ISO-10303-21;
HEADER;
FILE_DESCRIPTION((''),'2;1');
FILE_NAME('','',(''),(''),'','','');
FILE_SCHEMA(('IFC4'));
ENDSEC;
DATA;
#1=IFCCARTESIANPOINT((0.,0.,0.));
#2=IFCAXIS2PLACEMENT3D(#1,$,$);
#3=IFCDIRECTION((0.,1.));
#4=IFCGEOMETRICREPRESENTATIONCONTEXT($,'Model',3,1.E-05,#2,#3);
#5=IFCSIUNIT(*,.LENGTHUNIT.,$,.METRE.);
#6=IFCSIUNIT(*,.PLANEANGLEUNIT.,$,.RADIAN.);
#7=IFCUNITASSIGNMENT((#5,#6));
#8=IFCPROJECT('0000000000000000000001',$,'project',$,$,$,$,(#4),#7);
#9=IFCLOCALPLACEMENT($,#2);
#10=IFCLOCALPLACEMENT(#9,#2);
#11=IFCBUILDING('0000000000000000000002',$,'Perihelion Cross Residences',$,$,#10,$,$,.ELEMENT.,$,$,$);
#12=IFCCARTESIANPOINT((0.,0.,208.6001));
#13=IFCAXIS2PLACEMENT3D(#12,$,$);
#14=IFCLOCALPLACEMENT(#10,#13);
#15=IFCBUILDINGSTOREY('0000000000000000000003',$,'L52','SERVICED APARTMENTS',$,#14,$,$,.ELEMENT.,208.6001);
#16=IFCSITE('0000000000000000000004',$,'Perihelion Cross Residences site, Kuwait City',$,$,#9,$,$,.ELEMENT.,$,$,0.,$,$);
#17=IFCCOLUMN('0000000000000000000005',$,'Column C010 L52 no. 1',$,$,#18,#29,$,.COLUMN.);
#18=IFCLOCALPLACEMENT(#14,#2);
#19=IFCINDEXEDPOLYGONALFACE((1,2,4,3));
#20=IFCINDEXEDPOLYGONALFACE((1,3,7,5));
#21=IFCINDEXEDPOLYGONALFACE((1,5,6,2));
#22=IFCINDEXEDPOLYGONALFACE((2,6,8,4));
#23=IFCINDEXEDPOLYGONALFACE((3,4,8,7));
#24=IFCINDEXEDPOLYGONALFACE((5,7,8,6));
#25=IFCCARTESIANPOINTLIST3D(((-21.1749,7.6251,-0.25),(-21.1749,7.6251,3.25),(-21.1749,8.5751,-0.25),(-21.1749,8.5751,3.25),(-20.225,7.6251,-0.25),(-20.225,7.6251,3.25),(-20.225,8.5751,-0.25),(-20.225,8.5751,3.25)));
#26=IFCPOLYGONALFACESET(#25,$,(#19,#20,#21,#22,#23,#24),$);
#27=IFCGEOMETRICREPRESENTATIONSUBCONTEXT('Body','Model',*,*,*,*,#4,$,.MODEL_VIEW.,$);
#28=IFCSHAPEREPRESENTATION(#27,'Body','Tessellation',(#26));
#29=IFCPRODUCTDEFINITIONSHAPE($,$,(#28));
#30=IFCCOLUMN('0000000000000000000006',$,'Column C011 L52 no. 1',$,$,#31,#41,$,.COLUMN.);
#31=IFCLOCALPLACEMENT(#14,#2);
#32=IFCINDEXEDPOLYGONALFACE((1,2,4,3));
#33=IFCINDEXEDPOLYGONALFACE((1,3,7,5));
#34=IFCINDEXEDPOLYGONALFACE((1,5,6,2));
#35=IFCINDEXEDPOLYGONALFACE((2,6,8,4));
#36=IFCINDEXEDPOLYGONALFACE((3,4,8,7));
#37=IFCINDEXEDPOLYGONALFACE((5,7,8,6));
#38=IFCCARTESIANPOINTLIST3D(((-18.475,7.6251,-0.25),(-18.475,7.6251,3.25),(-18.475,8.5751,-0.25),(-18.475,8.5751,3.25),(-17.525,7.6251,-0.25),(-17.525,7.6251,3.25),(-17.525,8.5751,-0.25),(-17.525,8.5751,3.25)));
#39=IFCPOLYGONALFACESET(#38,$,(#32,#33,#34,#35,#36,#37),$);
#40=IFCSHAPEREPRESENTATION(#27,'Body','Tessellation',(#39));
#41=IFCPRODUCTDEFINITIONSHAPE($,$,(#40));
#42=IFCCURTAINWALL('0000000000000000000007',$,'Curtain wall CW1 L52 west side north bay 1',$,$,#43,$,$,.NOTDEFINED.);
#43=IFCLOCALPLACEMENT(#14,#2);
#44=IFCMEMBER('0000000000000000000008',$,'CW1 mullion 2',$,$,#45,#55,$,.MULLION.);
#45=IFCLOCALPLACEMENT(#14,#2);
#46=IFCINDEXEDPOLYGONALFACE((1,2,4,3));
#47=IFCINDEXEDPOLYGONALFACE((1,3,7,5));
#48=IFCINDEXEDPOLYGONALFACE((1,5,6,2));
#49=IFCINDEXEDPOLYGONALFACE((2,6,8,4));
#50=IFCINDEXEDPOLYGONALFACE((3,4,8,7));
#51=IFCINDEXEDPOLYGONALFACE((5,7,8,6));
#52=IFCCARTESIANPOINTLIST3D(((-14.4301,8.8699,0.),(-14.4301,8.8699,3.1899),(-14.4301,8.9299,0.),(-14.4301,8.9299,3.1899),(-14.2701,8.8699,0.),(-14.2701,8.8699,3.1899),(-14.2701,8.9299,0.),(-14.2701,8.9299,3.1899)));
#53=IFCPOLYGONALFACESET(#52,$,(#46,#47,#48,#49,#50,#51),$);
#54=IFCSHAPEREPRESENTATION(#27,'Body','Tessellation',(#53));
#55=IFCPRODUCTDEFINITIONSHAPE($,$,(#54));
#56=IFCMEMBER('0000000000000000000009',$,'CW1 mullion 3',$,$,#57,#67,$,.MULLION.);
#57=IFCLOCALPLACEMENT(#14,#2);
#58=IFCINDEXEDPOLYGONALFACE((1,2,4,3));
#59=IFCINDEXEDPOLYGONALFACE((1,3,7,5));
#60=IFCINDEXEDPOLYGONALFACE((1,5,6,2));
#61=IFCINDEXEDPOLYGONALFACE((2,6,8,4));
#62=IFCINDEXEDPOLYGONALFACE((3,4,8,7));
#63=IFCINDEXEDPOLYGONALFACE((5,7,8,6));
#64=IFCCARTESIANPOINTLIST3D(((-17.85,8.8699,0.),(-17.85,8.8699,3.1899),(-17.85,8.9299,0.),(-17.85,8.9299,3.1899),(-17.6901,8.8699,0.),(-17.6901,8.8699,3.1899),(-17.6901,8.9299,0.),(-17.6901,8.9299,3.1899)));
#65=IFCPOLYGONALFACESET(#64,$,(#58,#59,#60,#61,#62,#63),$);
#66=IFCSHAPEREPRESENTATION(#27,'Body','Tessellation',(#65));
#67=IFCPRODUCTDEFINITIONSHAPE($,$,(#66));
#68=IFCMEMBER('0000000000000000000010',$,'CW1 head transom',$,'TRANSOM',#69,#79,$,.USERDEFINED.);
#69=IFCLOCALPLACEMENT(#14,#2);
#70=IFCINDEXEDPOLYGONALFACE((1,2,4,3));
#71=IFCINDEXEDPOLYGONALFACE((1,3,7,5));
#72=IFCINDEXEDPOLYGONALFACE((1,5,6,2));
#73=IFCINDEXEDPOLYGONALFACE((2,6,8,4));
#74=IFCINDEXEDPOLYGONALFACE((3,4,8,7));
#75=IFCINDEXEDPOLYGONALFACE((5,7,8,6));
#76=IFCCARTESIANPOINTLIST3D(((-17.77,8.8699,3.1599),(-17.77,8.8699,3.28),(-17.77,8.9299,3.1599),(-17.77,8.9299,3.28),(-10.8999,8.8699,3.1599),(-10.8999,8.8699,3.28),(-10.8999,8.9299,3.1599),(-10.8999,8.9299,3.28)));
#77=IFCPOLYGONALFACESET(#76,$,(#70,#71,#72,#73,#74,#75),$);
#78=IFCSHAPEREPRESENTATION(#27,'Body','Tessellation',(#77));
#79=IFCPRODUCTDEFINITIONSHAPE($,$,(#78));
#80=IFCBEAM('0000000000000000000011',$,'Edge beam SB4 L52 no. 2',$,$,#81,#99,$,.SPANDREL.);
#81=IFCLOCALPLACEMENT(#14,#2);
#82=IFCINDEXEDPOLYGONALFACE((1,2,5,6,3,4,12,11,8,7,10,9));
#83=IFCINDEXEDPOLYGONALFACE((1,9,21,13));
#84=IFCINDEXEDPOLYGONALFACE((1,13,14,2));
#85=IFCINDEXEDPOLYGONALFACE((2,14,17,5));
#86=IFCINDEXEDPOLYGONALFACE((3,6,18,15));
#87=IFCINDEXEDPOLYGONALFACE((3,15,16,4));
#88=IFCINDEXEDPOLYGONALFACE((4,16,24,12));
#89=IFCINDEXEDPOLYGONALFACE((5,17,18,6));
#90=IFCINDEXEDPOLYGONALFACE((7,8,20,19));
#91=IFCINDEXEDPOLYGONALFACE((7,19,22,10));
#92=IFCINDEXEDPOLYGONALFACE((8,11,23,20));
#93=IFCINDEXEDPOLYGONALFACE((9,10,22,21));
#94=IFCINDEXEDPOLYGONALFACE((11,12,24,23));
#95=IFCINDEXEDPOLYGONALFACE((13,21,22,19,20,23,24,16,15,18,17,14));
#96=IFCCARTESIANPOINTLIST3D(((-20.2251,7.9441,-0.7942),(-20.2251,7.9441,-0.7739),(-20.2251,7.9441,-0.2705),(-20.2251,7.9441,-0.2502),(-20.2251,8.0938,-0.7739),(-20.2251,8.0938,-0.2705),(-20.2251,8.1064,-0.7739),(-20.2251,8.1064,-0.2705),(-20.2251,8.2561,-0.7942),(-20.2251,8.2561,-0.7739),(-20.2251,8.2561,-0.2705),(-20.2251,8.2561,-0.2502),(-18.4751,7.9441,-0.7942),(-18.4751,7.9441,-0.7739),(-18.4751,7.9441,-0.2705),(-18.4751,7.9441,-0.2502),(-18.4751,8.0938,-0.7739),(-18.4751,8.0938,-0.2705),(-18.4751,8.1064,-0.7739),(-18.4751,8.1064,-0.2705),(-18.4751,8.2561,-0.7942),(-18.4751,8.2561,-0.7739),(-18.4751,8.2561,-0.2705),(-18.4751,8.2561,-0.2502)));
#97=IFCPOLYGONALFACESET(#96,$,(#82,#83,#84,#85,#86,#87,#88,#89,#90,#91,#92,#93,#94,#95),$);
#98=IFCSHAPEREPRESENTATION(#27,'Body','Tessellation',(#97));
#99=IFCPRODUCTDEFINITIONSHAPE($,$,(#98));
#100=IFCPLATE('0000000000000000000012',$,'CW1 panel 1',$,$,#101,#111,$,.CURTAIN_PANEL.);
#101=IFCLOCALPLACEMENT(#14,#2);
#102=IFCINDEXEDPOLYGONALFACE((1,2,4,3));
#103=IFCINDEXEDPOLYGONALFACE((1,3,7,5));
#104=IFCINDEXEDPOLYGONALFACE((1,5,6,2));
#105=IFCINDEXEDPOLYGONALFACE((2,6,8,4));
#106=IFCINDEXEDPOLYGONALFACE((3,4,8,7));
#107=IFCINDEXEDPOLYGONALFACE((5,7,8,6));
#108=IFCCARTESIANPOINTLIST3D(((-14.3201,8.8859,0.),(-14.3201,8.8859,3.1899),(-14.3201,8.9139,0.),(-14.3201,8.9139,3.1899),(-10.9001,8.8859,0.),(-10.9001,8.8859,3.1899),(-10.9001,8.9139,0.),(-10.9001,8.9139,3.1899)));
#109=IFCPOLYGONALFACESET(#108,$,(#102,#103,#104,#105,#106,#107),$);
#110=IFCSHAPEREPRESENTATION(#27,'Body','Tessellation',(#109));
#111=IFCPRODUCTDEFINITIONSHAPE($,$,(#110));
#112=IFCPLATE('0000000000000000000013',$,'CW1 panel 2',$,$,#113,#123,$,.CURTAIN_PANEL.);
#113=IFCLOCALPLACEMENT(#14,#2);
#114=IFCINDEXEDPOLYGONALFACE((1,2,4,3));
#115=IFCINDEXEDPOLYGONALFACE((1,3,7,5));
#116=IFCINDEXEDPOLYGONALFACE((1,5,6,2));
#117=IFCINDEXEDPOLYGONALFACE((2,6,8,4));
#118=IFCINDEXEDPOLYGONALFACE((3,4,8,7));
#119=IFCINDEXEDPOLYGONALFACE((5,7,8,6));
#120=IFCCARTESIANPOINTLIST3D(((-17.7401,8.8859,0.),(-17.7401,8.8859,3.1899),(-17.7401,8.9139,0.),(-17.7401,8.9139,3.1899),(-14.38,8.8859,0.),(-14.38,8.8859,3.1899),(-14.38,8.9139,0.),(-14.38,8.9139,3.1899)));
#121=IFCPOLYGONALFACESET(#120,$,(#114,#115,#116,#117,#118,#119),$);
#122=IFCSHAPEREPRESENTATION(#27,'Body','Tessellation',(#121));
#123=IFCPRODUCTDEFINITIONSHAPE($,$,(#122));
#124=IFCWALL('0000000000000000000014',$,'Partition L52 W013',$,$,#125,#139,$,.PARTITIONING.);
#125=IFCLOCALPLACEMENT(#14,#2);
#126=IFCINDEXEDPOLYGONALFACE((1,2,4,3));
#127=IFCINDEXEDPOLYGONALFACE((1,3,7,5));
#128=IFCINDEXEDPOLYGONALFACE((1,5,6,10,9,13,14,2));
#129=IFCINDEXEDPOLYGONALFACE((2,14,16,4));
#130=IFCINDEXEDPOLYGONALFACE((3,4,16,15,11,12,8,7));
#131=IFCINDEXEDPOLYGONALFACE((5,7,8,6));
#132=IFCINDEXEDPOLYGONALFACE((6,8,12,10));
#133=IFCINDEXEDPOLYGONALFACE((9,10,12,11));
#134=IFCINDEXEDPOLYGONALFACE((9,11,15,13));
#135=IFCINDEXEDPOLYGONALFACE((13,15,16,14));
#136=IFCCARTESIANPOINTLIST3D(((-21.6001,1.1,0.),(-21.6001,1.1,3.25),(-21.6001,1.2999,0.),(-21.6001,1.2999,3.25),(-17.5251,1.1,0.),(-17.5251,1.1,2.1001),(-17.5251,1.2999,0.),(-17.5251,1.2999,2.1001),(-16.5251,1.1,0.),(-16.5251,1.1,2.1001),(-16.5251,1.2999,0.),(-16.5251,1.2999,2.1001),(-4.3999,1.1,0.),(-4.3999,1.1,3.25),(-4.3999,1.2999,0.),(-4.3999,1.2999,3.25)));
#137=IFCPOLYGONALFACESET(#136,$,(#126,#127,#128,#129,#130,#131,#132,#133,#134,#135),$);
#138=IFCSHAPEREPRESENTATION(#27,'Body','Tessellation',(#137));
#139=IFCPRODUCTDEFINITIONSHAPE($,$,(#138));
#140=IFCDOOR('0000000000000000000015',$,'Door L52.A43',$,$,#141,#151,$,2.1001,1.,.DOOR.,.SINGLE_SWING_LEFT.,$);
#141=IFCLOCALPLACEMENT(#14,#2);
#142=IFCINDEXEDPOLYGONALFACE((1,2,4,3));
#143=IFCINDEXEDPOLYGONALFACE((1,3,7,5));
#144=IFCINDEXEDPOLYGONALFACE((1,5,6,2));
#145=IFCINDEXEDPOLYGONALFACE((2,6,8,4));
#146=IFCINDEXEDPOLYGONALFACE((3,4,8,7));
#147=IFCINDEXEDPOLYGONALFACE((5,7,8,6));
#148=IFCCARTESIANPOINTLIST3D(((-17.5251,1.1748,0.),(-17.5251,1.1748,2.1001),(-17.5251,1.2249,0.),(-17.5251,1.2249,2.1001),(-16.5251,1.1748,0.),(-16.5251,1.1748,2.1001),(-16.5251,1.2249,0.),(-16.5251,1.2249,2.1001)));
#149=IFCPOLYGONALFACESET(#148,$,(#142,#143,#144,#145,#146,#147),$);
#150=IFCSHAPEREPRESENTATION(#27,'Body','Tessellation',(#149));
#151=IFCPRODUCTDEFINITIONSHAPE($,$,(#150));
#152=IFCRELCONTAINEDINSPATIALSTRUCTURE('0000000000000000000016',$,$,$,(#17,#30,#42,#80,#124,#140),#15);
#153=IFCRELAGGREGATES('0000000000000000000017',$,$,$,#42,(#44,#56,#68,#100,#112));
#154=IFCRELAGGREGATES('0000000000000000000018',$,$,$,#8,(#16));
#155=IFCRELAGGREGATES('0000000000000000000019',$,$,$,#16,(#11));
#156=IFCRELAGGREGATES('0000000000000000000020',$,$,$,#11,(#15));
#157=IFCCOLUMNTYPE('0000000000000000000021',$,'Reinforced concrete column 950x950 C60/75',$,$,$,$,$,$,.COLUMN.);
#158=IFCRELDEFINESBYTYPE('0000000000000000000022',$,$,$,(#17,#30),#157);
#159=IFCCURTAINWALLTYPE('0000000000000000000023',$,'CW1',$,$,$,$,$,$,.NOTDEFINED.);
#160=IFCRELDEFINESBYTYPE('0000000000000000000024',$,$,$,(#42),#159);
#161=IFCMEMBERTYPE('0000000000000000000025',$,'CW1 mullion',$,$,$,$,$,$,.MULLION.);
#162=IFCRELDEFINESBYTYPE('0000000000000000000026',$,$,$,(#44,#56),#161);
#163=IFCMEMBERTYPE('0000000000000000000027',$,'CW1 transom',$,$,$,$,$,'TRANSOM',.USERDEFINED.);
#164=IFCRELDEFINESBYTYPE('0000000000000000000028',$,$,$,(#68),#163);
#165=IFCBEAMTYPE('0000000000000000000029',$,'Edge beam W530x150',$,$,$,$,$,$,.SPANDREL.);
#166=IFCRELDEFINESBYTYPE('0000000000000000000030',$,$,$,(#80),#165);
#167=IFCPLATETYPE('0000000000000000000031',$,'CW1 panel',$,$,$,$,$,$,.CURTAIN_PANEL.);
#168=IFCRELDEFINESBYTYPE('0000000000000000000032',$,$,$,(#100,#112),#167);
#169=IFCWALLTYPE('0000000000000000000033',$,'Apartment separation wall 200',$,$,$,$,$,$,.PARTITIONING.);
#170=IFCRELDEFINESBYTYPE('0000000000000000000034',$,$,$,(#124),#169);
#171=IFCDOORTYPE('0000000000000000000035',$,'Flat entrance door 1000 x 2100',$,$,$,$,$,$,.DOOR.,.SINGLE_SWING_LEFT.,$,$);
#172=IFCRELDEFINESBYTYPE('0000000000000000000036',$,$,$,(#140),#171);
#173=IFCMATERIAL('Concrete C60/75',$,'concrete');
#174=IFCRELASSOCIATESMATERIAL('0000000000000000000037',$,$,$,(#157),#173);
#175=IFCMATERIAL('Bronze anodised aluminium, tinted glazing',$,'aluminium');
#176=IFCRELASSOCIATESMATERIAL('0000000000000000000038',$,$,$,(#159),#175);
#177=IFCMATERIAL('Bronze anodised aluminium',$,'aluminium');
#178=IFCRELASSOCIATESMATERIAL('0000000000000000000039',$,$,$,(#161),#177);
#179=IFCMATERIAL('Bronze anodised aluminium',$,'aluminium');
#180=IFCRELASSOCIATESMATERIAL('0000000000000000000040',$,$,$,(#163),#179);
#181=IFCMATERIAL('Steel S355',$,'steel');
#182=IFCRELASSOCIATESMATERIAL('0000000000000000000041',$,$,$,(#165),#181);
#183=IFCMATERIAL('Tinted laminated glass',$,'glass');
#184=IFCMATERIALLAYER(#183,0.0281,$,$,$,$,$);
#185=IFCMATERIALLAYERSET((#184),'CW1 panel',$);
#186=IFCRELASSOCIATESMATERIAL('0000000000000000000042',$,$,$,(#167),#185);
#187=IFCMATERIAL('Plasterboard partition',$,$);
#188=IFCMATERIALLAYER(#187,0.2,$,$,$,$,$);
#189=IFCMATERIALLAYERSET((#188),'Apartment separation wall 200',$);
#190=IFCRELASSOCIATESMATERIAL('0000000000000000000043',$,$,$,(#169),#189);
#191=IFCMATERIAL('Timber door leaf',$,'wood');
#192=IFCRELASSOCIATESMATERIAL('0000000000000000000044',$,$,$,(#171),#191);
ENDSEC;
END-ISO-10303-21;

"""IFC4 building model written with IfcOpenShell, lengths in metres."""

from ifc_helpers import new_model, si_unit, direction, frame, frame_2d, origin, origin_2d, place, context, subcontext, project, spatial, rectangle, i_section, extrude, material, layer, layer_set, material_profile, profile_set, type_object, element, fill, aggregate, save


model = new_model("IFC4")

# Units and contexts
model_context = context("Model", 3, precision=1e-05, world=origin(), true_north=direction((0.0, 1.0)))
body_context = subcontext(model_context, "Body", "Model", "MODEL_VIEW")
ifc_project = project(units=[si_unit("LENGTHUNIT", "METRE"), si_unit("PLANEANGLEUNIT", "RADIAN")], contexts=[model_context])

# Site, building, storey
site_placement = place(None, origin())
site = spatial("IfcSite", under=ifc_project, at=site_placement, Name="Perihelion Cross Residences site, Kuwait City", CompositionType="ELEMENT", RefElevation=0.0)
building_placement = place(site_placement, origin())
building = spatial("IfcBuilding", under=site, at=building_placement, Name="Perihelion Cross Residences", CompositionType="ELEMENT")
storey_placement = place(building_placement, frame((0.0, 0.0, 208.6001)))
storey = spatial("IfcBuildingStorey", under=building, at=storey_placement, Name="L52", Description="SERVICED APARTMENTS", CompositionType="ELEMENT", Elevation=208.6001)

# Columns
ifc_material_1 = material(Name="Concrete C60/75", Category="concrete")
ifc_material_profile_1 = material_profile(ifc_material_1, rectangle(XDim=0.95, YDim=0.95, at=origin_2d()), Name="RC 950x950")
ifc_profile_set_1 = profile_set([ifc_material_profile_1], Name="Concrete C60/75")
column_type = type_object("IfcColumnType", Name="Reinforced concrete column 950x950 C60/75", PredefinedType="COLUMN", material=ifc_profile_set_1)
for number, where, z_axis, x_axis, name in (
    (1, (-20.7, 8.1001, -0.25), (0.0, 0.0, 1.0), (1.0, 0.0, 0.0), "Column C010 L52 no. 1"),
    (2, (-18.0, 8.1001, -0.25), (0.0, 0.0, 1.0), (1.0, 0.0, 0.0), "Column C011 L52 no. 1"),
):
    element("IfcColumn", number, at=place(storey_placement, frame(where, z_axis=z_axis, x_axis=x_axis)), inside=storey, type_object=column_type, Name=name, PredefinedType="COLUMN", context=body_context, shape_type="SweptSolid", body=[
        extrude(rectangle(XDim=0.95, YDim=0.95, at=origin_2d()), origin(), (0.0, 0.0, 1.0), 3.5),
    ])

# Curtain wall, members
ifc_material_2 = material(Name="Bronze anodised aluminium, tinted glazing", Category="aluminium")
curtain_wall_type = type_object("IfcCurtainWallType", Name="CW1", PredefinedType="NOTDEFINED", material=ifc_material_2)
curtain_wall_placement = place(storey_placement, origin())
curtain_wall = element("IfcCurtainWall", 3, at=curtain_wall_placement, inside=storey, type_object=curtain_wall_type, Name="Curtain wall CW1 L52 west side north bay 1", PredefinedType="NOTDEFINED")
ifc_material_3 = material(Name="Bronze anodised aluminium", Category="aluminium")
ifc_material_profile_2 = material_profile(ifc_material_3, rectangle(XDim=0.0601, YDim=0.1599, at=origin_2d()), Name="CW1 mullion")
ifc_profile_set_2 = profile_set([ifc_material_profile_2], Name="Bronze anodised aluminium")
member_type_1 = type_object("IfcMemberType", Name="CW1 mullion", PredefinedType="MULLION", material=ifc_profile_set_2)
member_1_placement = place(storey_placement, frame((-14.3501, 8.8999, 0.0), z_axis=(0.0, 0.0, 1.0), x_axis=(0.0, -1.0, 0.0)))
member_1 = element("IfcMember", 4, at=member_1_placement, type_object=member_type_1, Name="CW1 mullion 2", PredefinedType="MULLION", context=body_context, shape_type="SweptSolid", body=[
    extrude(rectangle(XDim=0.0601, YDim=0.1599, at=origin_2d()), origin(), (0.0, 0.0, 1.0), 3.1899),
])
member_2_placement = place(storey_placement, frame((-17.77, 8.8999, 0.0), z_axis=(0.0, 0.0, 1.0), x_axis=(0.0, -1.0, 0.0)))
member_2 = element("IfcMember", 5, at=member_2_placement, type_object=member_type_1, Name="CW1 mullion 3", PredefinedType="MULLION", context=body_context, shape_type="SweptSolid", body=[
    extrude(rectangle(XDim=0.0601, YDim=0.1599, at=origin_2d()), origin(), (0.0, 0.0, 1.0), 3.1899),
])
ifc_material_4 = material(Name="Bronze anodised aluminium", Category="aluminium")
ifc_material_profile_3 = material_profile(ifc_material_4, rectangle(XDim=0.0601, YDim=0.1201, at=origin_2d()), Name="CW1 transom")
ifc_profile_set_3 = profile_set([ifc_material_profile_3], Name="Bronze anodised aluminium")
member_type_2 = type_object("IfcMemberType", Name="CW1 transom", ElementType="TRANSOM", PredefinedType="USERDEFINED", material=ifc_profile_set_3)
member_3_placement = place(storey_placement, frame((-10.8999, 8.8999, 3.22), z_axis=(-1.0, 0.0, 0.0), x_axis=(0.0, -1.0, 0.0)))
member_3 = element("IfcMember", 6, at=member_3_placement, type_object=member_type_2, Name="CW1 head transom", ObjectType="TRANSOM", PredefinedType="USERDEFINED", context=body_context, shape_type="SweptSolid", body=[
    extrude(rectangle(XDim=0.0601, YDim=0.1201, at=origin_2d()), origin(), (0.0, 0.0, 1.0), 6.8701),
])

# Beam
ifc_material_5 = material(Name="Steel S355", Category="steel")
ifc_material_profile_4 = material_profile(ifc_material_5, i_section(OverallWidth=0.312, OverallDepth=0.5439, WebThickness=0.0127, FlangeThickness=0.0203, at=origin_2d()), Name="W530x150")
ifc_profile_set_4 = profile_set([ifc_material_profile_4], Name="Steel S355")
beam_type = type_object("IfcBeamType", Name="Edge beam W530x150", PredefinedType="SPANDREL", material=ifc_profile_set_4)
beam_placement = place(storey_placement, frame((-18.4751, 8.1001, -0.5222), z_axis=(-1.0, 0.0, 0.0), x_axis=(0.0, -1.0, 0.0)))
element("IfcBeam", 7, at=beam_placement, inside=storey, type_object=beam_type, Name="Edge beam SB4 L52 no. 2", PredefinedType="SPANDREL", context=body_context, shape_type="SweptSolid", body=[
    extrude(i_section(OverallWidth=0.312, OverallDepth=0.5439, WebThickness=0.0127, FlangeThickness=0.0203, at=origin_2d()), origin(), (0.0, 0.0, 1.0), 1.75),
])

# Plates
ifc_material_6 = material(Name="Tinted laminated glass", Category="glass")
ifc_layer_1 = layer(ifc_material_6, 0.0281)
ifc_layer_set_1 = layer_set([ifc_layer_1], Name="CW1 panel")
plate_type = type_object("IfcPlateType", Name="CW1 panel", PredefinedType="CURTAIN_PANEL", material=ifc_layer_set_1)
plate_1_placement = place(storey_placement, frame((-12.6101, 8.8999, 0.0), z_axis=(0.0, 0.0, 1.0), x_axis=(-1.0, 0.0, 0.0)))
plate_1 = element("IfcPlate", 8, at=plate_1_placement, type_object=plate_type, Name="CW1 panel 1", PredefinedType="CURTAIN_PANEL", context=body_context, shape_type="SweptSolid", body=[
    extrude(rectangle(XDim=3.4199, YDim=0.0281, at=origin_2d()), origin(), (0.0, 0.0, 1.0), 3.1899),
])
plate_2_placement = place(storey_placement, frame((-16.0601, 8.8999, 0.0), z_axis=(0.0, 0.0, 1.0), x_axis=(-1.0, 0.0, 0.0)))
plate_2 = element("IfcPlate", 9, at=plate_2_placement, type_object=plate_type, Name="CW1 panel 2", PredefinedType="CURTAIN_PANEL", context=body_context, shape_type="SweptSolid", body=[
    extrude(rectangle(XDim=3.3601, YDim=0.0281, at=origin_2d()), origin(), (0.0, 0.0, 1.0), 3.1899),
])
aggregate(curtain_wall, [member_1, member_2, member_3, plate_1, plate_2])

# Wall, opening, door
ifc_material_7 = material(Name="Plasterboard partition")
ifc_layer_2 = layer(ifc_material_7, 0.2)
ifc_layer_set_2 = layer_set([ifc_layer_2], Name="Apartment separation wall 200")
wall_type_1 = type_object("IfcWallType", Name="Apartment separation wall 200", PredefinedType="PARTITIONING", material=ifc_layer_set_2)
wall_1_placement = place(storey_placement, frame((-21.6001, 1.2, 0.0), z_axis=(0.0, 0.0, 1.0), x_axis=(1.0, 0.0, 0.0)))
wall_1 = element("IfcWall", 10, at=wall_1_placement, inside=storey, type_object=wall_type_1, Name="Partition L52 W013", PredefinedType="PARTITIONING", context=body_context, shape_type="SweptSolid", body=[
    extrude(rectangle(XDim=17.2002, YDim=0.2, at=frame_2d((8.6001, 0.0))), origin(), (0.0, 0.0, 1.0), 3.25),
])
opening_1_placement = place(wall_1_placement, frame((4.075, 0.0, 0.0)))
opening_1 = element("IfcOpeningElement", 11, at=opening_1_placement, cuts=wall_1, PredefinedType="OPENING", context=body_context, shape_type="SweptSolid", body=[
    extrude(rectangle(XDim=1.0, YDim=2.1001, at=frame_2d((0.5, 1.05))), frame((0.0, 0.1099, 0.0), z_axis=(0.0, -1.0, 0.0), x_axis=(1.0, 0.0, 0.0)), (0.0, 0.0, 1.0), 0.22),
])
ifc_material_8 = material(Name="Timber door leaf", Category="wood")
door_type_1 = type_object("IfcDoorType", Name="Flat entrance door 1000 x 2100", OperationType="SINGLE_SWING_LEFT", PredefinedType="DOOR", material=ifc_material_8)
door_1_placement = place(opening_1_placement, origin())
door_1 = element("IfcDoor", 12, at=door_1_placement, inside=storey, type_object=door_type_1, Name="Door L52.A43", OperationType="SINGLE_SWING_LEFT", OverallHeight=2.1001, OverallWidth=1.0, PredefinedType="DOOR", context=body_context, shape_type="SweptSolid", body=[
    extrude(rectangle(XDim=1.0, YDim=2.1001, at=frame_2d((0.5, 1.05))), frame((0.0, 0.0249, 0.0), z_axis=(0.0, -1.0, 0.0), x_axis=(1.0, 0.0, 0.0)), (0.0, 0.0, 1.0), 0.05),
])
fill(opening_1, door_1)

save(model, "model.ifc")
